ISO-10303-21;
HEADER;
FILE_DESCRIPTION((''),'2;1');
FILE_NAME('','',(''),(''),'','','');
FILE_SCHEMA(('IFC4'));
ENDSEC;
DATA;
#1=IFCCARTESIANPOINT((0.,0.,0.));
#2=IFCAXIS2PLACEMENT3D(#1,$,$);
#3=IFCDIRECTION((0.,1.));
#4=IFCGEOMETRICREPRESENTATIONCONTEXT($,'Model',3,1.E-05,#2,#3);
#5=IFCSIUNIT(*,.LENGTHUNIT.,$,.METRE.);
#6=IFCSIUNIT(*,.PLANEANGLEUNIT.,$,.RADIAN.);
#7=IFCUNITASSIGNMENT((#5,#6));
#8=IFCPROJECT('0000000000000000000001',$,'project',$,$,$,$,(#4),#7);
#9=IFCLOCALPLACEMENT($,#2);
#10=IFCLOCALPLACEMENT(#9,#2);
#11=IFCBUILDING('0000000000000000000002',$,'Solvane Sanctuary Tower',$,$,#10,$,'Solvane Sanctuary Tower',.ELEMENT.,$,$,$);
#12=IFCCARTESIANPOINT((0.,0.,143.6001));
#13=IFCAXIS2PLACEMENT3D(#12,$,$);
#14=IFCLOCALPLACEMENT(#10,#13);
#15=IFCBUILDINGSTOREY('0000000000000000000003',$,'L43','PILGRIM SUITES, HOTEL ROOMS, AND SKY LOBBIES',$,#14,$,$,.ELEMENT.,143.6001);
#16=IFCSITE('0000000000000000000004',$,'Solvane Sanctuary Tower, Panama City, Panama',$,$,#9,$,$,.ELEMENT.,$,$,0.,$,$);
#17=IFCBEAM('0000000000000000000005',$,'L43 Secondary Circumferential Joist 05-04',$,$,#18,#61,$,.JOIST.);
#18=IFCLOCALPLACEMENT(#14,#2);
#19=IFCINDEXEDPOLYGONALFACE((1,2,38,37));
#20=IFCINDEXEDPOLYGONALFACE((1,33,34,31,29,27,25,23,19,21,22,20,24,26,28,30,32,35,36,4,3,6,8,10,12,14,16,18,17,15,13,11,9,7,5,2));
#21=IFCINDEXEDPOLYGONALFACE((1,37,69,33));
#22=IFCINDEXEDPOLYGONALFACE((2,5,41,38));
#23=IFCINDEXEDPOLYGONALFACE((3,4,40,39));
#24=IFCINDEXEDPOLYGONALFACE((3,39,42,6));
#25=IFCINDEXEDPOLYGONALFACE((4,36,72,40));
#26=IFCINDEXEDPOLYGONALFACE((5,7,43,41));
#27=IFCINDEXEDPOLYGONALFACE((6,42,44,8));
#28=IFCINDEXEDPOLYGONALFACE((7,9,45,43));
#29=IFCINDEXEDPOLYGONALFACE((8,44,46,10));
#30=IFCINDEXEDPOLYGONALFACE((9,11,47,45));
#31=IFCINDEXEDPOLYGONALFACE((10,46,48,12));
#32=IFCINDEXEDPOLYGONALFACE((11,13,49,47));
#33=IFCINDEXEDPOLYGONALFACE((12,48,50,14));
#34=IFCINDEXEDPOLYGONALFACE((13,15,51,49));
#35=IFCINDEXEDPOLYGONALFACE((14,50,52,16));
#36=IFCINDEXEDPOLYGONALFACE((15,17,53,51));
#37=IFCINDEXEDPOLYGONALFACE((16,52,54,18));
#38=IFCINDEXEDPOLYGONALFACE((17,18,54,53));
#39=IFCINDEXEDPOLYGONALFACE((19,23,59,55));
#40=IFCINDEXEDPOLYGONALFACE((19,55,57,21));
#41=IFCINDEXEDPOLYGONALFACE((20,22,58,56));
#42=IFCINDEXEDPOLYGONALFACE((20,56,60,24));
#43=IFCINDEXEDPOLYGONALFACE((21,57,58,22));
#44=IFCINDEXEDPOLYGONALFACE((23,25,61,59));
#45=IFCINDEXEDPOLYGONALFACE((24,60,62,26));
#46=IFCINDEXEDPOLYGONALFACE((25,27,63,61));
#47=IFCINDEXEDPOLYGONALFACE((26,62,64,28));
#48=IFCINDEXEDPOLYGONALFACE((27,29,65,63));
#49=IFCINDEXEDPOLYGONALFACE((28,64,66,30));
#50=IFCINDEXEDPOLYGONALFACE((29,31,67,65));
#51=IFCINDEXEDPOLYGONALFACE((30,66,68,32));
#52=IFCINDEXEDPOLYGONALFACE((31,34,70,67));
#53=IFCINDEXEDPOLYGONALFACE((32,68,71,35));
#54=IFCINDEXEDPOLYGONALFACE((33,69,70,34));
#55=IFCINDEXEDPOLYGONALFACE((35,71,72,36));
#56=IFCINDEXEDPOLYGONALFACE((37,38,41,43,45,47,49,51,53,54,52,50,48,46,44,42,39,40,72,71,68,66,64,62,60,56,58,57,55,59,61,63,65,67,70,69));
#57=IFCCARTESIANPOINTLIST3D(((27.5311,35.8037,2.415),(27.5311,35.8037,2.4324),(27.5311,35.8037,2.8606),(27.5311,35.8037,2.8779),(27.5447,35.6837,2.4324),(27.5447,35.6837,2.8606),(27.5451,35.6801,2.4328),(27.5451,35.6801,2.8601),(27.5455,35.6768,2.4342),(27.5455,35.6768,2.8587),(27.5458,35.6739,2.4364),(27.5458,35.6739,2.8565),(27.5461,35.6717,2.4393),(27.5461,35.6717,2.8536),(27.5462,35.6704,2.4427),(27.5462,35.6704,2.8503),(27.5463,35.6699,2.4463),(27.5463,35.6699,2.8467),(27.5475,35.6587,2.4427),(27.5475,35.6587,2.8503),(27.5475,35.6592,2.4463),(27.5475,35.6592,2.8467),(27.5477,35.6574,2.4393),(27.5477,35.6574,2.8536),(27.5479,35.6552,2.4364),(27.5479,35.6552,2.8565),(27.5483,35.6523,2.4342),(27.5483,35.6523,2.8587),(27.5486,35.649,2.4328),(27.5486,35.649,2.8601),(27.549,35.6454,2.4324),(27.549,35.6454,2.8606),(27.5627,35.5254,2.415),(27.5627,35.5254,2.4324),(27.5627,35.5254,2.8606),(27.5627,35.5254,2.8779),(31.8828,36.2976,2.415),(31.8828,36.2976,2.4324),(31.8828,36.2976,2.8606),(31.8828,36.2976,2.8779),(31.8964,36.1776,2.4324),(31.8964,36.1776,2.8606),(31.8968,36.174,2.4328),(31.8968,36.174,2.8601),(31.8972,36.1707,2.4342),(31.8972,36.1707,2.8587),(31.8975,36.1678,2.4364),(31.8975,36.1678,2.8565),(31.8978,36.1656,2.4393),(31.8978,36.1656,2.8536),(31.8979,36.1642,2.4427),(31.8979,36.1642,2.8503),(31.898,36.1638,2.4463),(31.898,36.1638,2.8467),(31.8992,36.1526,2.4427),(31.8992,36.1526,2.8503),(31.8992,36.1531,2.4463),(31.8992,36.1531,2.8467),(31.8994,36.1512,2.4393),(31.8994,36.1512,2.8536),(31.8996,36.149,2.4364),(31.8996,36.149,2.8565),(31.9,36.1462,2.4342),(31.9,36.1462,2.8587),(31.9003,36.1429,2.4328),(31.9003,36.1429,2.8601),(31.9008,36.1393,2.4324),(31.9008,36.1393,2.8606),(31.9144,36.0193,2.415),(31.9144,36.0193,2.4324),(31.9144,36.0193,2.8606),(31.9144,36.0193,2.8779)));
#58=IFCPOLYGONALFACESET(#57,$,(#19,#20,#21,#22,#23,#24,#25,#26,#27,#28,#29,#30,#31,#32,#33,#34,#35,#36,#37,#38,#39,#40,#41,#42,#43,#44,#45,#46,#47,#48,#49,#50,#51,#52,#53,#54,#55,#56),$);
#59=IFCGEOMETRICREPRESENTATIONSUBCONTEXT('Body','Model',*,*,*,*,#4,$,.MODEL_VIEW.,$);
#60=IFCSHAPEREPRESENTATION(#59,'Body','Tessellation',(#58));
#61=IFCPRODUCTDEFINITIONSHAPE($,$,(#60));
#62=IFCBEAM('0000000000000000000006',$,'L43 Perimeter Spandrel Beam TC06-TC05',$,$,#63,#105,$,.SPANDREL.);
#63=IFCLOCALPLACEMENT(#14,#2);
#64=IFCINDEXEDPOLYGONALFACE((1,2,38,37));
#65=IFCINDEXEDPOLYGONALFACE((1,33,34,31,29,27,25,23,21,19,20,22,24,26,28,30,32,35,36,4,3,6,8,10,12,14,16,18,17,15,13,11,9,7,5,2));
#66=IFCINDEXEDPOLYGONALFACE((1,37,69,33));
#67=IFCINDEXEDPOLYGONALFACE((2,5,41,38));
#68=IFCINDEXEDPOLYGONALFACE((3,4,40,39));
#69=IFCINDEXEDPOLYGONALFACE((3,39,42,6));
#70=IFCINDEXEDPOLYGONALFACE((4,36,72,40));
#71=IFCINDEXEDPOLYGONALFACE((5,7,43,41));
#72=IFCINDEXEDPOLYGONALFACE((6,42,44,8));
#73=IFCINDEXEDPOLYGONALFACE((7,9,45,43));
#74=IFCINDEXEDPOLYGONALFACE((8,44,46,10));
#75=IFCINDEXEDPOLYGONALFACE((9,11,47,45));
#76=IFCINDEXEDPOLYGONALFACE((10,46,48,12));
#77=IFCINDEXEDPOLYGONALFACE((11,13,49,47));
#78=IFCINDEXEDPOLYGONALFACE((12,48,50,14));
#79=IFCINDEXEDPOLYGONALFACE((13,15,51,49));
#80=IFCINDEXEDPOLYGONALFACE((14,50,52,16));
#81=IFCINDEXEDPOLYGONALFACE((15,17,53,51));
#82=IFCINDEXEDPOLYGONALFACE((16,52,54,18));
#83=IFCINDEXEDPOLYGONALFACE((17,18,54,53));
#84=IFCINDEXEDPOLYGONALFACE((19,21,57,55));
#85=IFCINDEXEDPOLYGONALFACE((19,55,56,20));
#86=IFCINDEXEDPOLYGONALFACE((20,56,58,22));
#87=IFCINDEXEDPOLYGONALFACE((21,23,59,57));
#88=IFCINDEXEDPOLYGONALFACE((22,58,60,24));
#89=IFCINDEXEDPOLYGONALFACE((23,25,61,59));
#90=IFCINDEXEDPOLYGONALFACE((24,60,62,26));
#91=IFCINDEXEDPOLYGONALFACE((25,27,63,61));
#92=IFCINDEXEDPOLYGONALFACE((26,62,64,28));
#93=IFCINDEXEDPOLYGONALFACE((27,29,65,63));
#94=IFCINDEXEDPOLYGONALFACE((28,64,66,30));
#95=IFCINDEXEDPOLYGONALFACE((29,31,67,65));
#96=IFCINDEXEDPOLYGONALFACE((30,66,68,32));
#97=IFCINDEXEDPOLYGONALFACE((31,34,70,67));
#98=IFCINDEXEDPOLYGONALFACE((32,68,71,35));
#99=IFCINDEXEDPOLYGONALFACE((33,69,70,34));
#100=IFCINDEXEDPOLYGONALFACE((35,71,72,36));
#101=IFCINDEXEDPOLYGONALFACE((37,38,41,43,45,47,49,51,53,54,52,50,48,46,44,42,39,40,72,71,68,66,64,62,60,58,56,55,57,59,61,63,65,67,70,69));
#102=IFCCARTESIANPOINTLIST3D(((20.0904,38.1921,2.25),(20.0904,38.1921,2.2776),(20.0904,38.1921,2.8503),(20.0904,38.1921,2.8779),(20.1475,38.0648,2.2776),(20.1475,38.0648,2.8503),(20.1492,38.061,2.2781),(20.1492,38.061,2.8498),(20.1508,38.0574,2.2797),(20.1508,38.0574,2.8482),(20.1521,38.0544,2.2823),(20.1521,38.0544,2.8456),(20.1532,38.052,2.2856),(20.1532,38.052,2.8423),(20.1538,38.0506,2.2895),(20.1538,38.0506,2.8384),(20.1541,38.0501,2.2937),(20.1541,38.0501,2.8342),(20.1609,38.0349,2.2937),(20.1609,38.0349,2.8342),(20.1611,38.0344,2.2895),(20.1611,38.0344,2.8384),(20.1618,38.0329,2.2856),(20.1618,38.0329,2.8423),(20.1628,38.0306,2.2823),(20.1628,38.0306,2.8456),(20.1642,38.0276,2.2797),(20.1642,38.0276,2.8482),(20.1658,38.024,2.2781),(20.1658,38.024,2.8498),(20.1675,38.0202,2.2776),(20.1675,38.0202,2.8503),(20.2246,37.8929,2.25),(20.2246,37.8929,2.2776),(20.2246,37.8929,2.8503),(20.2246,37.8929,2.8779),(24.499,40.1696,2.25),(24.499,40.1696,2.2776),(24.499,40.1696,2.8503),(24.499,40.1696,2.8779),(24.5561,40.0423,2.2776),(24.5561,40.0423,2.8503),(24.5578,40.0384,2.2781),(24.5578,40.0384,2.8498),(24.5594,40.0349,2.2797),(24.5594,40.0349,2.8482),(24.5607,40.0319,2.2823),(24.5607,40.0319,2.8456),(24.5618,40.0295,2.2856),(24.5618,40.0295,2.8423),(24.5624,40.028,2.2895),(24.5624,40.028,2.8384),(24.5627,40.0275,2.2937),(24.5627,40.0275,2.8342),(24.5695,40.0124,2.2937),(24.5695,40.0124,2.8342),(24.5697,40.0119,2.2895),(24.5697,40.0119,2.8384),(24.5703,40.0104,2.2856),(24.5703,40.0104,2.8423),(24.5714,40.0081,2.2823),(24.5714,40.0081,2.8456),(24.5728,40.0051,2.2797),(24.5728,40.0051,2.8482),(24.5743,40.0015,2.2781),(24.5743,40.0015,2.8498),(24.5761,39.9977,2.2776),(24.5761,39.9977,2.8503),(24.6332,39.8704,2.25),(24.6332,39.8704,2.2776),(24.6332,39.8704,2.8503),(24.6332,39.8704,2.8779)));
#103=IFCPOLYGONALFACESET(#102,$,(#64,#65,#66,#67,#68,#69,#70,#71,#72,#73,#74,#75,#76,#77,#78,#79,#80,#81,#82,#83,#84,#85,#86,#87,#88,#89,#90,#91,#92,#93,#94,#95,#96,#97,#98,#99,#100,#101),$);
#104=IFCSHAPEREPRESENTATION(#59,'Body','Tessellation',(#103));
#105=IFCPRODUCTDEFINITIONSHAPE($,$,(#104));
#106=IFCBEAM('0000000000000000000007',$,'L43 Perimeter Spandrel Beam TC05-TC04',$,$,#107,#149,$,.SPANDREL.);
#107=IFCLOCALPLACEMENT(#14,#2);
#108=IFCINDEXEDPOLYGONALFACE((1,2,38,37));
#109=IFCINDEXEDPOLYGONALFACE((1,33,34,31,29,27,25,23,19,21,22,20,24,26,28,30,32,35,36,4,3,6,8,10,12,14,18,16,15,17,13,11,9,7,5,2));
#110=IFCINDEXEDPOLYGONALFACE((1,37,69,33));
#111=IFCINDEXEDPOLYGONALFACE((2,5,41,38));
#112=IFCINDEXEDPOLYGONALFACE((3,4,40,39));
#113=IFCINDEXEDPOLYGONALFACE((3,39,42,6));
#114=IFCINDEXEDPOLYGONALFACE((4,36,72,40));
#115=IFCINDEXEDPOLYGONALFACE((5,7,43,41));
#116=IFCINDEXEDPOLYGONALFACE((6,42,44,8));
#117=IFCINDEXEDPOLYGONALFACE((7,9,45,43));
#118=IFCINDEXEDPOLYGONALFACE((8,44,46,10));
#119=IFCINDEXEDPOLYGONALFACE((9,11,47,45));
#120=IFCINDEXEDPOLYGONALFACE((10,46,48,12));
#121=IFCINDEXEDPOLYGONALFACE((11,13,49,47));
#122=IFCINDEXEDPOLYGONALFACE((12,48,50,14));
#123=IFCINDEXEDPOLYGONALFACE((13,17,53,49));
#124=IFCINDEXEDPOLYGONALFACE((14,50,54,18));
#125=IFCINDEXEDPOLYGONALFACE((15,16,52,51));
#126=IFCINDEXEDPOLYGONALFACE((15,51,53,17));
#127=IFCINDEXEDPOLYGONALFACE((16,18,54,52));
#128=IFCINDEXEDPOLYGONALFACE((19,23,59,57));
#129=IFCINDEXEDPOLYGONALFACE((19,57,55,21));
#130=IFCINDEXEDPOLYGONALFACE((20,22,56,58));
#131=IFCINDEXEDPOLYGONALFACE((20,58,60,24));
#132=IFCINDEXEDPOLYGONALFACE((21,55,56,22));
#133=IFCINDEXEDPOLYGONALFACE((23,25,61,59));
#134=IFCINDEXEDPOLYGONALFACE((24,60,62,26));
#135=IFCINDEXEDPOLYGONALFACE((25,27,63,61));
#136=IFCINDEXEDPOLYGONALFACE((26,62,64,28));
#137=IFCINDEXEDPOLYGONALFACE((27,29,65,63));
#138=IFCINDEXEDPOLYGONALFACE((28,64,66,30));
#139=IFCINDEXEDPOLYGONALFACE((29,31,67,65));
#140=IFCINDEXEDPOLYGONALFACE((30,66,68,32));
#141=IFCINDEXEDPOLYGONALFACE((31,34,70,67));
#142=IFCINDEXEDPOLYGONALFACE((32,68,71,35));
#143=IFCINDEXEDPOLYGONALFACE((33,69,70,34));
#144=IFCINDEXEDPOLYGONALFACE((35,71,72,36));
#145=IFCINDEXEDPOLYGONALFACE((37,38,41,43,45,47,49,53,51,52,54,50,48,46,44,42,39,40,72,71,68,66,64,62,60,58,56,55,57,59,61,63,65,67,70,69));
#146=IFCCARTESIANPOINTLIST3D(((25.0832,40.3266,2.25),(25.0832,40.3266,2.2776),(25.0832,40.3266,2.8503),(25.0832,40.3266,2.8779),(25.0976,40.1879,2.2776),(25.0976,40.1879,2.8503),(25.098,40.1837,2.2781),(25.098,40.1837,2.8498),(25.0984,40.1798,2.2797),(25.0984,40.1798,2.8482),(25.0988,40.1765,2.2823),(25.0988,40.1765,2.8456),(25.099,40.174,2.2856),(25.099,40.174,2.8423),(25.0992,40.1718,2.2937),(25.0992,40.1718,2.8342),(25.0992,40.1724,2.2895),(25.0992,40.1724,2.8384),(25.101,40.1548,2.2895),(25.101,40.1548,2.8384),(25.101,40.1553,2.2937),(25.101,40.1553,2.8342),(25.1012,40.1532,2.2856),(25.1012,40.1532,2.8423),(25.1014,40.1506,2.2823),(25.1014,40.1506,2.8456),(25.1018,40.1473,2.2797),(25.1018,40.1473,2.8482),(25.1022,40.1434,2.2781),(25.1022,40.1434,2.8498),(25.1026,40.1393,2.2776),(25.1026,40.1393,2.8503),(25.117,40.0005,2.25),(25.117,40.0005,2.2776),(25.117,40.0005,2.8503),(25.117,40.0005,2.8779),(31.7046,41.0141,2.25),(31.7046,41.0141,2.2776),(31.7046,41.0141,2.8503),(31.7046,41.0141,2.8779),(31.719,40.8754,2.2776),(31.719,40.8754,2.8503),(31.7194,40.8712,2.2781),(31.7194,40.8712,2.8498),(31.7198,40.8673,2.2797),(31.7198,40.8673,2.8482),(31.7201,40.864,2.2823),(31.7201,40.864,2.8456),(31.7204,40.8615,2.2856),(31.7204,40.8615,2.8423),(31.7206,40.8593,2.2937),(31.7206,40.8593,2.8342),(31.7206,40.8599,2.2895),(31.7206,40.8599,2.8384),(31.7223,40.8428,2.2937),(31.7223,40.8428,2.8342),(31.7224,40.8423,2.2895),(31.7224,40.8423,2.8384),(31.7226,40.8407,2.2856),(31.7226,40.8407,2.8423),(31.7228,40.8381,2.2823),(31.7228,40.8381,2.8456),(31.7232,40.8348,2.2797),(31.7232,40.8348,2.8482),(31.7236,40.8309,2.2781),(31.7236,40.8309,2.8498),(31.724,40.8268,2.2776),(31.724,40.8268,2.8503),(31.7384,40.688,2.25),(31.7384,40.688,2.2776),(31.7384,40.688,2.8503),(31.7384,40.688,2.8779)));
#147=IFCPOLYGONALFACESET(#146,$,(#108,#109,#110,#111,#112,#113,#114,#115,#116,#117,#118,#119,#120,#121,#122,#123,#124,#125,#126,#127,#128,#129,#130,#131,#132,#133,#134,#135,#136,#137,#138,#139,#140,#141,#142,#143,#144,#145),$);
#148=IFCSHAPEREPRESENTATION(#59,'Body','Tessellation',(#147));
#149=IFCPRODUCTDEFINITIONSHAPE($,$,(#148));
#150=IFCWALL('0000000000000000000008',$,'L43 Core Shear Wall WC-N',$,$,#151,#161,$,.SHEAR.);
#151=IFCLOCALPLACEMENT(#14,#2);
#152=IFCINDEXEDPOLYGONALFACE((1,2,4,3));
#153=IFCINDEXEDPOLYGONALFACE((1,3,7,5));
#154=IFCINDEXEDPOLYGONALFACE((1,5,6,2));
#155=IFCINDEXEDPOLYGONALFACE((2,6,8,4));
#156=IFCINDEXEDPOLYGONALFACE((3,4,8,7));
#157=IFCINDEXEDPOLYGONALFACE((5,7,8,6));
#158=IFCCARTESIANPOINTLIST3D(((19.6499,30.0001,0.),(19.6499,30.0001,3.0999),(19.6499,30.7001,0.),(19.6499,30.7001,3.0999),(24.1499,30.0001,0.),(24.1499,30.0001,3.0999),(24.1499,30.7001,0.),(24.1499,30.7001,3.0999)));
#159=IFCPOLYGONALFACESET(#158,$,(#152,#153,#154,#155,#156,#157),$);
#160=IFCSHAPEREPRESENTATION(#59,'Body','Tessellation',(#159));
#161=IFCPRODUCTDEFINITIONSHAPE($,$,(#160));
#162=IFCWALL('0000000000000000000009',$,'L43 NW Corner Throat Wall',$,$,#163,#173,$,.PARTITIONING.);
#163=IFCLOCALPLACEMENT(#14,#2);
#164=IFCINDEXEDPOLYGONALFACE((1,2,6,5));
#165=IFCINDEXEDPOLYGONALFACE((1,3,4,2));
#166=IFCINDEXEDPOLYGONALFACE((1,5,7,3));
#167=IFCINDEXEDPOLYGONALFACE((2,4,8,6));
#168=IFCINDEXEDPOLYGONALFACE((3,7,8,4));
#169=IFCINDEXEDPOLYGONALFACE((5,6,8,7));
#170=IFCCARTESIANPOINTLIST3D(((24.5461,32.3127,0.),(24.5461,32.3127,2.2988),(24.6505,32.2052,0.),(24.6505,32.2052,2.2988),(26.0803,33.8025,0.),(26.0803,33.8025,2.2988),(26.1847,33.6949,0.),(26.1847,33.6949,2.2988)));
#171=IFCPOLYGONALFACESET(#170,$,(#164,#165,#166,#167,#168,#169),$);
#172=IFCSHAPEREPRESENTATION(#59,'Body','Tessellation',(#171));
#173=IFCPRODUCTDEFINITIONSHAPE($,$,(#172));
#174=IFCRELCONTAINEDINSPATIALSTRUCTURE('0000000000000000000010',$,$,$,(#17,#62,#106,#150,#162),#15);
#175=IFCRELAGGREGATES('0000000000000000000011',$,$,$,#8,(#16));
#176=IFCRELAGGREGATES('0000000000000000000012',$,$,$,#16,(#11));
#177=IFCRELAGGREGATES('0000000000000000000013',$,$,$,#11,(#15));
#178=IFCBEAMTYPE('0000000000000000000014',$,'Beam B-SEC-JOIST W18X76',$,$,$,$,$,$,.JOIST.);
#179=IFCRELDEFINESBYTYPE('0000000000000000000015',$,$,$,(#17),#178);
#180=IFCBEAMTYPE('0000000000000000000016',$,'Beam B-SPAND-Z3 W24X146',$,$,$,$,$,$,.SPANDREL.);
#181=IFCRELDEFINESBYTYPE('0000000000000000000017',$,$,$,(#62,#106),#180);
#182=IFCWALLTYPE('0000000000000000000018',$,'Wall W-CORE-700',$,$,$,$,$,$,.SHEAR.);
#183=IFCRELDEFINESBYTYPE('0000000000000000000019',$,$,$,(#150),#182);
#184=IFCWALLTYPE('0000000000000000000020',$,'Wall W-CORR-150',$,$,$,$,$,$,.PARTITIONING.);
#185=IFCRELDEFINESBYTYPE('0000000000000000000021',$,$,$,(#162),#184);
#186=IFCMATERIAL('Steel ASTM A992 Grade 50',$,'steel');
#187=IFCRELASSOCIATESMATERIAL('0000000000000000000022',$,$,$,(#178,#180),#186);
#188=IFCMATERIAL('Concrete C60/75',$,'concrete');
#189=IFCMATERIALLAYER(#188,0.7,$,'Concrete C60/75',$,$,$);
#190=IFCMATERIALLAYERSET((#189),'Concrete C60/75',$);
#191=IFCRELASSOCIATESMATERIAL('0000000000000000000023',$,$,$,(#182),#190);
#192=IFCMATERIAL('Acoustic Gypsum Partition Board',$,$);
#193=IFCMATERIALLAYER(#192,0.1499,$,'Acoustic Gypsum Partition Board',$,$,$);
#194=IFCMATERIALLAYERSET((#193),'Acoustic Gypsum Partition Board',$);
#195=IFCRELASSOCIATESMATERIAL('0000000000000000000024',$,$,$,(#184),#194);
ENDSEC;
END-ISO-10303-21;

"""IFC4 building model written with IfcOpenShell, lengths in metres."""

from ifc_helpers import new_model, si_unit, direction, frame, frame_2d, origin, origin_2d, place, context, subcontext, project, spatial, rectangle, i_section, extrude, material, layer, layer_set, material_profile, profile_set, type_object, element, save


model = new_model("IFC4")

# Units and contexts
model_context = context("Model", 3, precision=1e-05, world=origin(), true_north=direction((0.0, 1.0)))
body_context = subcontext(model_context, "Body", "Model", "MODEL_VIEW")
ifc_project = project(units=[si_unit("LENGTHUNIT", "METRE"), si_unit("PLANEANGLEUNIT", "RADIAN")], contexts=[model_context])

# Site, building, storey
site_placement = place(None, origin())
site = spatial("IfcSite", under=ifc_project, at=site_placement, Name="Solvane Sanctuary Tower, Panama City, Panama", CompositionType="ELEMENT", RefElevation=0.0)
building_placement = place(site_placement, origin())
building = spatial("IfcBuilding", under=site, at=building_placement, Name="Solvane Sanctuary Tower", LongName="Solvane Sanctuary Tower", CompositionType="ELEMENT")
storey_placement = place(building_placement, frame((0.0, 0.0, 143.6001)))
storey = spatial("IfcBuildingStorey", under=building, at=storey_placement, Name="L43", Description="PILGRIM SUITES, HOTEL ROOMS, AND SKY LOBBIES", CompositionType="ELEMENT", Elevation=143.6001)

# Shared definitions
ifc_material_1 = material(Name="Concrete C60/75", Category="concrete")

# Beams
ifc_material_2 = material(Name="Steel ASTM A992 Grade 50", Category="steel")
ifc_material_profile_1 = material_profile(ifc_material_2, i_section(OverallWidth=0.28, OverallDepth=0.4629, WebThickness=0.0107, FlangeThickness=0.0173, FilletRadius=0.0139, at=origin_2d()), Name="W18X76")
ifc_profile_set_1 = profile_set([ifc_material_profile_1], Name="Steel ASTM A992 Grade 50")
beam_type_1 = type_object("IfcBeamType", Name="Beam B-SEC-JOIST W18X76", PredefinedType="JOIST", material=ifc_profile_set_1)
beam_1_placement = place(storey_placement, frame((27.5469, 35.6646, 2.6465), z_axis=(0.993621, 0.112768, 0.0), x_axis=(-0.112768, 0.993621, 0.0)))
element("IfcBeam", 1, at=beam_1_placement, inside=storey, type_object=beam_type_1, Name="L43 Secondary Circumferential Joist 05-04", PredefinedType="JOIST", context=body_context, shape_type="SweptSolid", body=[
    extrude(i_section(OverallWidth=0.28, OverallDepth=0.4629, WebThickness=0.0107, FlangeThickness=0.0173, FilletRadius=0.0139, at=origin_2d()), origin(), (0.0, 0.0, 1.0), 4.3796),
])
ifc_material_profile_2 = material_profile(ifc_material_2, i_section(OverallWidth=0.3279, OverallDepth=0.6279, WebThickness=0.0166, FlangeThickness=0.0276, FilletRadius=0.0161, at=origin_2d()), Name="W24X146")
ifc_profile_set_2 = profile_set([ifc_material_profile_2], Name="Steel ASTM A992 Grade 50")
beam_type_2 = type_object("IfcBeamType", Name="Beam B-SPAND-Z3 W24X146", PredefinedType="SPANDREL", material=ifc_profile_set_2)
beam_2_placement = place(storey_placement, frame((20.1575, 38.0425, 2.564), z_axis=(0.912414, 0.409268, 0.0), x_axis=(-0.409268, 0.912414, 0.0)))
element("IfcBeam", 2, at=beam_2_placement, inside=storey, type_object=beam_type_2, Name="L43 Perimeter Spandrel Beam TC06-TC05", PredefinedType="SPANDREL", context=body_context, shape_type="SweptSolid", body=[
    extrude(i_section(OverallWidth=0.3279, OverallDepth=0.6279, WebThickness=0.0166, FlangeThickness=0.0276, FilletRadius=0.0161, at=origin_2d()), origin(), (0.0, 0.0, 1.0), 4.8318),
])
beam_3_placement = place(storey_placement, frame((25.1001, 40.1636, 2.564), z_axis=(0.994653, 0.103276, 0.0), x_axis=(-0.103276, 0.994653, 0.0)))
element("IfcBeam", 3, at=beam_3_placement, inside=storey, type_object=beam_type_2, Name="L43 Perimeter Spandrel Beam TC05-TC04", PredefinedType="SPANDREL", context=body_context, shape_type="SweptSolid", body=[
    extrude(i_section(OverallWidth=0.3279, OverallDepth=0.6279, WebThickness=0.0166, FlangeThickness=0.0276, FilletRadius=0.0161, at=origin_2d()), origin(), (0.0, 0.0, 1.0), 6.657),
])

# Walls
ifc_layer_1 = layer(ifc_material_1, 0.7, Name="Concrete C60/75")
ifc_layer_set_1 = layer_set([ifc_layer_1], Name="Concrete C60/75")
wall_type_1 = type_object("IfcWallType", Name="Wall W-CORE-700", PredefinedType="SHEAR", material=ifc_layer_set_1)
wall_1_placement = place(storey_placement, frame((19.6499, 30.3501, 0.0), z_axis=(0.0, 0.0, 1.0), x_axis=(1.0, 0.0, 0.0)))
element("IfcWall", 4, at=wall_1_placement, inside=storey, type_object=wall_type_1, Name="L43 Core Shear Wall WC-N", PredefinedType="SHEAR", context=body_context, shape_type="SweptSolid", body=[
    extrude(rectangle(XDim=4.5, YDim=0.7, at=frame_2d((2.25, 0.0))), origin(), (0.0, 0.0, 1.0), 3.0999),
])
ifc_material_3 = material(Name="Acoustic Gypsum Partition Board")
ifc_layer_2 = layer(ifc_material_3, 0.1499, Name="Acoustic Gypsum Partition Board")
ifc_layer_set_2 = layer_set([ifc_layer_2], Name="Acoustic Gypsum Partition Board")
wall_type_2 = type_object("IfcWallType", Name="Wall W-CORR-150", PredefinedType="PARTITIONING", material=ifc_layer_set_2)
wall_2_placement = place(storey_placement, frame((26.1326, 33.7488, 0.0), z_axis=(0.0, 0.0, 1.0), x_axis=(-0.71742, -0.696641, 0.0)))
element("IfcWall", 5, at=wall_2_placement, inside=storey, type_object=wall_type_2, Name="L43 NW Corner Throat Wall", PredefinedType="PARTITIONING", context=body_context, shape_type="SweptSolid", body=[
    extrude(rectangle(XDim=2.1384, YDim=0.1499, at=frame_2d((1.0693, 0.0))), origin(), (0.0, 0.0, 1.0), 2.2988),
])

save(model, "model.ifc")
